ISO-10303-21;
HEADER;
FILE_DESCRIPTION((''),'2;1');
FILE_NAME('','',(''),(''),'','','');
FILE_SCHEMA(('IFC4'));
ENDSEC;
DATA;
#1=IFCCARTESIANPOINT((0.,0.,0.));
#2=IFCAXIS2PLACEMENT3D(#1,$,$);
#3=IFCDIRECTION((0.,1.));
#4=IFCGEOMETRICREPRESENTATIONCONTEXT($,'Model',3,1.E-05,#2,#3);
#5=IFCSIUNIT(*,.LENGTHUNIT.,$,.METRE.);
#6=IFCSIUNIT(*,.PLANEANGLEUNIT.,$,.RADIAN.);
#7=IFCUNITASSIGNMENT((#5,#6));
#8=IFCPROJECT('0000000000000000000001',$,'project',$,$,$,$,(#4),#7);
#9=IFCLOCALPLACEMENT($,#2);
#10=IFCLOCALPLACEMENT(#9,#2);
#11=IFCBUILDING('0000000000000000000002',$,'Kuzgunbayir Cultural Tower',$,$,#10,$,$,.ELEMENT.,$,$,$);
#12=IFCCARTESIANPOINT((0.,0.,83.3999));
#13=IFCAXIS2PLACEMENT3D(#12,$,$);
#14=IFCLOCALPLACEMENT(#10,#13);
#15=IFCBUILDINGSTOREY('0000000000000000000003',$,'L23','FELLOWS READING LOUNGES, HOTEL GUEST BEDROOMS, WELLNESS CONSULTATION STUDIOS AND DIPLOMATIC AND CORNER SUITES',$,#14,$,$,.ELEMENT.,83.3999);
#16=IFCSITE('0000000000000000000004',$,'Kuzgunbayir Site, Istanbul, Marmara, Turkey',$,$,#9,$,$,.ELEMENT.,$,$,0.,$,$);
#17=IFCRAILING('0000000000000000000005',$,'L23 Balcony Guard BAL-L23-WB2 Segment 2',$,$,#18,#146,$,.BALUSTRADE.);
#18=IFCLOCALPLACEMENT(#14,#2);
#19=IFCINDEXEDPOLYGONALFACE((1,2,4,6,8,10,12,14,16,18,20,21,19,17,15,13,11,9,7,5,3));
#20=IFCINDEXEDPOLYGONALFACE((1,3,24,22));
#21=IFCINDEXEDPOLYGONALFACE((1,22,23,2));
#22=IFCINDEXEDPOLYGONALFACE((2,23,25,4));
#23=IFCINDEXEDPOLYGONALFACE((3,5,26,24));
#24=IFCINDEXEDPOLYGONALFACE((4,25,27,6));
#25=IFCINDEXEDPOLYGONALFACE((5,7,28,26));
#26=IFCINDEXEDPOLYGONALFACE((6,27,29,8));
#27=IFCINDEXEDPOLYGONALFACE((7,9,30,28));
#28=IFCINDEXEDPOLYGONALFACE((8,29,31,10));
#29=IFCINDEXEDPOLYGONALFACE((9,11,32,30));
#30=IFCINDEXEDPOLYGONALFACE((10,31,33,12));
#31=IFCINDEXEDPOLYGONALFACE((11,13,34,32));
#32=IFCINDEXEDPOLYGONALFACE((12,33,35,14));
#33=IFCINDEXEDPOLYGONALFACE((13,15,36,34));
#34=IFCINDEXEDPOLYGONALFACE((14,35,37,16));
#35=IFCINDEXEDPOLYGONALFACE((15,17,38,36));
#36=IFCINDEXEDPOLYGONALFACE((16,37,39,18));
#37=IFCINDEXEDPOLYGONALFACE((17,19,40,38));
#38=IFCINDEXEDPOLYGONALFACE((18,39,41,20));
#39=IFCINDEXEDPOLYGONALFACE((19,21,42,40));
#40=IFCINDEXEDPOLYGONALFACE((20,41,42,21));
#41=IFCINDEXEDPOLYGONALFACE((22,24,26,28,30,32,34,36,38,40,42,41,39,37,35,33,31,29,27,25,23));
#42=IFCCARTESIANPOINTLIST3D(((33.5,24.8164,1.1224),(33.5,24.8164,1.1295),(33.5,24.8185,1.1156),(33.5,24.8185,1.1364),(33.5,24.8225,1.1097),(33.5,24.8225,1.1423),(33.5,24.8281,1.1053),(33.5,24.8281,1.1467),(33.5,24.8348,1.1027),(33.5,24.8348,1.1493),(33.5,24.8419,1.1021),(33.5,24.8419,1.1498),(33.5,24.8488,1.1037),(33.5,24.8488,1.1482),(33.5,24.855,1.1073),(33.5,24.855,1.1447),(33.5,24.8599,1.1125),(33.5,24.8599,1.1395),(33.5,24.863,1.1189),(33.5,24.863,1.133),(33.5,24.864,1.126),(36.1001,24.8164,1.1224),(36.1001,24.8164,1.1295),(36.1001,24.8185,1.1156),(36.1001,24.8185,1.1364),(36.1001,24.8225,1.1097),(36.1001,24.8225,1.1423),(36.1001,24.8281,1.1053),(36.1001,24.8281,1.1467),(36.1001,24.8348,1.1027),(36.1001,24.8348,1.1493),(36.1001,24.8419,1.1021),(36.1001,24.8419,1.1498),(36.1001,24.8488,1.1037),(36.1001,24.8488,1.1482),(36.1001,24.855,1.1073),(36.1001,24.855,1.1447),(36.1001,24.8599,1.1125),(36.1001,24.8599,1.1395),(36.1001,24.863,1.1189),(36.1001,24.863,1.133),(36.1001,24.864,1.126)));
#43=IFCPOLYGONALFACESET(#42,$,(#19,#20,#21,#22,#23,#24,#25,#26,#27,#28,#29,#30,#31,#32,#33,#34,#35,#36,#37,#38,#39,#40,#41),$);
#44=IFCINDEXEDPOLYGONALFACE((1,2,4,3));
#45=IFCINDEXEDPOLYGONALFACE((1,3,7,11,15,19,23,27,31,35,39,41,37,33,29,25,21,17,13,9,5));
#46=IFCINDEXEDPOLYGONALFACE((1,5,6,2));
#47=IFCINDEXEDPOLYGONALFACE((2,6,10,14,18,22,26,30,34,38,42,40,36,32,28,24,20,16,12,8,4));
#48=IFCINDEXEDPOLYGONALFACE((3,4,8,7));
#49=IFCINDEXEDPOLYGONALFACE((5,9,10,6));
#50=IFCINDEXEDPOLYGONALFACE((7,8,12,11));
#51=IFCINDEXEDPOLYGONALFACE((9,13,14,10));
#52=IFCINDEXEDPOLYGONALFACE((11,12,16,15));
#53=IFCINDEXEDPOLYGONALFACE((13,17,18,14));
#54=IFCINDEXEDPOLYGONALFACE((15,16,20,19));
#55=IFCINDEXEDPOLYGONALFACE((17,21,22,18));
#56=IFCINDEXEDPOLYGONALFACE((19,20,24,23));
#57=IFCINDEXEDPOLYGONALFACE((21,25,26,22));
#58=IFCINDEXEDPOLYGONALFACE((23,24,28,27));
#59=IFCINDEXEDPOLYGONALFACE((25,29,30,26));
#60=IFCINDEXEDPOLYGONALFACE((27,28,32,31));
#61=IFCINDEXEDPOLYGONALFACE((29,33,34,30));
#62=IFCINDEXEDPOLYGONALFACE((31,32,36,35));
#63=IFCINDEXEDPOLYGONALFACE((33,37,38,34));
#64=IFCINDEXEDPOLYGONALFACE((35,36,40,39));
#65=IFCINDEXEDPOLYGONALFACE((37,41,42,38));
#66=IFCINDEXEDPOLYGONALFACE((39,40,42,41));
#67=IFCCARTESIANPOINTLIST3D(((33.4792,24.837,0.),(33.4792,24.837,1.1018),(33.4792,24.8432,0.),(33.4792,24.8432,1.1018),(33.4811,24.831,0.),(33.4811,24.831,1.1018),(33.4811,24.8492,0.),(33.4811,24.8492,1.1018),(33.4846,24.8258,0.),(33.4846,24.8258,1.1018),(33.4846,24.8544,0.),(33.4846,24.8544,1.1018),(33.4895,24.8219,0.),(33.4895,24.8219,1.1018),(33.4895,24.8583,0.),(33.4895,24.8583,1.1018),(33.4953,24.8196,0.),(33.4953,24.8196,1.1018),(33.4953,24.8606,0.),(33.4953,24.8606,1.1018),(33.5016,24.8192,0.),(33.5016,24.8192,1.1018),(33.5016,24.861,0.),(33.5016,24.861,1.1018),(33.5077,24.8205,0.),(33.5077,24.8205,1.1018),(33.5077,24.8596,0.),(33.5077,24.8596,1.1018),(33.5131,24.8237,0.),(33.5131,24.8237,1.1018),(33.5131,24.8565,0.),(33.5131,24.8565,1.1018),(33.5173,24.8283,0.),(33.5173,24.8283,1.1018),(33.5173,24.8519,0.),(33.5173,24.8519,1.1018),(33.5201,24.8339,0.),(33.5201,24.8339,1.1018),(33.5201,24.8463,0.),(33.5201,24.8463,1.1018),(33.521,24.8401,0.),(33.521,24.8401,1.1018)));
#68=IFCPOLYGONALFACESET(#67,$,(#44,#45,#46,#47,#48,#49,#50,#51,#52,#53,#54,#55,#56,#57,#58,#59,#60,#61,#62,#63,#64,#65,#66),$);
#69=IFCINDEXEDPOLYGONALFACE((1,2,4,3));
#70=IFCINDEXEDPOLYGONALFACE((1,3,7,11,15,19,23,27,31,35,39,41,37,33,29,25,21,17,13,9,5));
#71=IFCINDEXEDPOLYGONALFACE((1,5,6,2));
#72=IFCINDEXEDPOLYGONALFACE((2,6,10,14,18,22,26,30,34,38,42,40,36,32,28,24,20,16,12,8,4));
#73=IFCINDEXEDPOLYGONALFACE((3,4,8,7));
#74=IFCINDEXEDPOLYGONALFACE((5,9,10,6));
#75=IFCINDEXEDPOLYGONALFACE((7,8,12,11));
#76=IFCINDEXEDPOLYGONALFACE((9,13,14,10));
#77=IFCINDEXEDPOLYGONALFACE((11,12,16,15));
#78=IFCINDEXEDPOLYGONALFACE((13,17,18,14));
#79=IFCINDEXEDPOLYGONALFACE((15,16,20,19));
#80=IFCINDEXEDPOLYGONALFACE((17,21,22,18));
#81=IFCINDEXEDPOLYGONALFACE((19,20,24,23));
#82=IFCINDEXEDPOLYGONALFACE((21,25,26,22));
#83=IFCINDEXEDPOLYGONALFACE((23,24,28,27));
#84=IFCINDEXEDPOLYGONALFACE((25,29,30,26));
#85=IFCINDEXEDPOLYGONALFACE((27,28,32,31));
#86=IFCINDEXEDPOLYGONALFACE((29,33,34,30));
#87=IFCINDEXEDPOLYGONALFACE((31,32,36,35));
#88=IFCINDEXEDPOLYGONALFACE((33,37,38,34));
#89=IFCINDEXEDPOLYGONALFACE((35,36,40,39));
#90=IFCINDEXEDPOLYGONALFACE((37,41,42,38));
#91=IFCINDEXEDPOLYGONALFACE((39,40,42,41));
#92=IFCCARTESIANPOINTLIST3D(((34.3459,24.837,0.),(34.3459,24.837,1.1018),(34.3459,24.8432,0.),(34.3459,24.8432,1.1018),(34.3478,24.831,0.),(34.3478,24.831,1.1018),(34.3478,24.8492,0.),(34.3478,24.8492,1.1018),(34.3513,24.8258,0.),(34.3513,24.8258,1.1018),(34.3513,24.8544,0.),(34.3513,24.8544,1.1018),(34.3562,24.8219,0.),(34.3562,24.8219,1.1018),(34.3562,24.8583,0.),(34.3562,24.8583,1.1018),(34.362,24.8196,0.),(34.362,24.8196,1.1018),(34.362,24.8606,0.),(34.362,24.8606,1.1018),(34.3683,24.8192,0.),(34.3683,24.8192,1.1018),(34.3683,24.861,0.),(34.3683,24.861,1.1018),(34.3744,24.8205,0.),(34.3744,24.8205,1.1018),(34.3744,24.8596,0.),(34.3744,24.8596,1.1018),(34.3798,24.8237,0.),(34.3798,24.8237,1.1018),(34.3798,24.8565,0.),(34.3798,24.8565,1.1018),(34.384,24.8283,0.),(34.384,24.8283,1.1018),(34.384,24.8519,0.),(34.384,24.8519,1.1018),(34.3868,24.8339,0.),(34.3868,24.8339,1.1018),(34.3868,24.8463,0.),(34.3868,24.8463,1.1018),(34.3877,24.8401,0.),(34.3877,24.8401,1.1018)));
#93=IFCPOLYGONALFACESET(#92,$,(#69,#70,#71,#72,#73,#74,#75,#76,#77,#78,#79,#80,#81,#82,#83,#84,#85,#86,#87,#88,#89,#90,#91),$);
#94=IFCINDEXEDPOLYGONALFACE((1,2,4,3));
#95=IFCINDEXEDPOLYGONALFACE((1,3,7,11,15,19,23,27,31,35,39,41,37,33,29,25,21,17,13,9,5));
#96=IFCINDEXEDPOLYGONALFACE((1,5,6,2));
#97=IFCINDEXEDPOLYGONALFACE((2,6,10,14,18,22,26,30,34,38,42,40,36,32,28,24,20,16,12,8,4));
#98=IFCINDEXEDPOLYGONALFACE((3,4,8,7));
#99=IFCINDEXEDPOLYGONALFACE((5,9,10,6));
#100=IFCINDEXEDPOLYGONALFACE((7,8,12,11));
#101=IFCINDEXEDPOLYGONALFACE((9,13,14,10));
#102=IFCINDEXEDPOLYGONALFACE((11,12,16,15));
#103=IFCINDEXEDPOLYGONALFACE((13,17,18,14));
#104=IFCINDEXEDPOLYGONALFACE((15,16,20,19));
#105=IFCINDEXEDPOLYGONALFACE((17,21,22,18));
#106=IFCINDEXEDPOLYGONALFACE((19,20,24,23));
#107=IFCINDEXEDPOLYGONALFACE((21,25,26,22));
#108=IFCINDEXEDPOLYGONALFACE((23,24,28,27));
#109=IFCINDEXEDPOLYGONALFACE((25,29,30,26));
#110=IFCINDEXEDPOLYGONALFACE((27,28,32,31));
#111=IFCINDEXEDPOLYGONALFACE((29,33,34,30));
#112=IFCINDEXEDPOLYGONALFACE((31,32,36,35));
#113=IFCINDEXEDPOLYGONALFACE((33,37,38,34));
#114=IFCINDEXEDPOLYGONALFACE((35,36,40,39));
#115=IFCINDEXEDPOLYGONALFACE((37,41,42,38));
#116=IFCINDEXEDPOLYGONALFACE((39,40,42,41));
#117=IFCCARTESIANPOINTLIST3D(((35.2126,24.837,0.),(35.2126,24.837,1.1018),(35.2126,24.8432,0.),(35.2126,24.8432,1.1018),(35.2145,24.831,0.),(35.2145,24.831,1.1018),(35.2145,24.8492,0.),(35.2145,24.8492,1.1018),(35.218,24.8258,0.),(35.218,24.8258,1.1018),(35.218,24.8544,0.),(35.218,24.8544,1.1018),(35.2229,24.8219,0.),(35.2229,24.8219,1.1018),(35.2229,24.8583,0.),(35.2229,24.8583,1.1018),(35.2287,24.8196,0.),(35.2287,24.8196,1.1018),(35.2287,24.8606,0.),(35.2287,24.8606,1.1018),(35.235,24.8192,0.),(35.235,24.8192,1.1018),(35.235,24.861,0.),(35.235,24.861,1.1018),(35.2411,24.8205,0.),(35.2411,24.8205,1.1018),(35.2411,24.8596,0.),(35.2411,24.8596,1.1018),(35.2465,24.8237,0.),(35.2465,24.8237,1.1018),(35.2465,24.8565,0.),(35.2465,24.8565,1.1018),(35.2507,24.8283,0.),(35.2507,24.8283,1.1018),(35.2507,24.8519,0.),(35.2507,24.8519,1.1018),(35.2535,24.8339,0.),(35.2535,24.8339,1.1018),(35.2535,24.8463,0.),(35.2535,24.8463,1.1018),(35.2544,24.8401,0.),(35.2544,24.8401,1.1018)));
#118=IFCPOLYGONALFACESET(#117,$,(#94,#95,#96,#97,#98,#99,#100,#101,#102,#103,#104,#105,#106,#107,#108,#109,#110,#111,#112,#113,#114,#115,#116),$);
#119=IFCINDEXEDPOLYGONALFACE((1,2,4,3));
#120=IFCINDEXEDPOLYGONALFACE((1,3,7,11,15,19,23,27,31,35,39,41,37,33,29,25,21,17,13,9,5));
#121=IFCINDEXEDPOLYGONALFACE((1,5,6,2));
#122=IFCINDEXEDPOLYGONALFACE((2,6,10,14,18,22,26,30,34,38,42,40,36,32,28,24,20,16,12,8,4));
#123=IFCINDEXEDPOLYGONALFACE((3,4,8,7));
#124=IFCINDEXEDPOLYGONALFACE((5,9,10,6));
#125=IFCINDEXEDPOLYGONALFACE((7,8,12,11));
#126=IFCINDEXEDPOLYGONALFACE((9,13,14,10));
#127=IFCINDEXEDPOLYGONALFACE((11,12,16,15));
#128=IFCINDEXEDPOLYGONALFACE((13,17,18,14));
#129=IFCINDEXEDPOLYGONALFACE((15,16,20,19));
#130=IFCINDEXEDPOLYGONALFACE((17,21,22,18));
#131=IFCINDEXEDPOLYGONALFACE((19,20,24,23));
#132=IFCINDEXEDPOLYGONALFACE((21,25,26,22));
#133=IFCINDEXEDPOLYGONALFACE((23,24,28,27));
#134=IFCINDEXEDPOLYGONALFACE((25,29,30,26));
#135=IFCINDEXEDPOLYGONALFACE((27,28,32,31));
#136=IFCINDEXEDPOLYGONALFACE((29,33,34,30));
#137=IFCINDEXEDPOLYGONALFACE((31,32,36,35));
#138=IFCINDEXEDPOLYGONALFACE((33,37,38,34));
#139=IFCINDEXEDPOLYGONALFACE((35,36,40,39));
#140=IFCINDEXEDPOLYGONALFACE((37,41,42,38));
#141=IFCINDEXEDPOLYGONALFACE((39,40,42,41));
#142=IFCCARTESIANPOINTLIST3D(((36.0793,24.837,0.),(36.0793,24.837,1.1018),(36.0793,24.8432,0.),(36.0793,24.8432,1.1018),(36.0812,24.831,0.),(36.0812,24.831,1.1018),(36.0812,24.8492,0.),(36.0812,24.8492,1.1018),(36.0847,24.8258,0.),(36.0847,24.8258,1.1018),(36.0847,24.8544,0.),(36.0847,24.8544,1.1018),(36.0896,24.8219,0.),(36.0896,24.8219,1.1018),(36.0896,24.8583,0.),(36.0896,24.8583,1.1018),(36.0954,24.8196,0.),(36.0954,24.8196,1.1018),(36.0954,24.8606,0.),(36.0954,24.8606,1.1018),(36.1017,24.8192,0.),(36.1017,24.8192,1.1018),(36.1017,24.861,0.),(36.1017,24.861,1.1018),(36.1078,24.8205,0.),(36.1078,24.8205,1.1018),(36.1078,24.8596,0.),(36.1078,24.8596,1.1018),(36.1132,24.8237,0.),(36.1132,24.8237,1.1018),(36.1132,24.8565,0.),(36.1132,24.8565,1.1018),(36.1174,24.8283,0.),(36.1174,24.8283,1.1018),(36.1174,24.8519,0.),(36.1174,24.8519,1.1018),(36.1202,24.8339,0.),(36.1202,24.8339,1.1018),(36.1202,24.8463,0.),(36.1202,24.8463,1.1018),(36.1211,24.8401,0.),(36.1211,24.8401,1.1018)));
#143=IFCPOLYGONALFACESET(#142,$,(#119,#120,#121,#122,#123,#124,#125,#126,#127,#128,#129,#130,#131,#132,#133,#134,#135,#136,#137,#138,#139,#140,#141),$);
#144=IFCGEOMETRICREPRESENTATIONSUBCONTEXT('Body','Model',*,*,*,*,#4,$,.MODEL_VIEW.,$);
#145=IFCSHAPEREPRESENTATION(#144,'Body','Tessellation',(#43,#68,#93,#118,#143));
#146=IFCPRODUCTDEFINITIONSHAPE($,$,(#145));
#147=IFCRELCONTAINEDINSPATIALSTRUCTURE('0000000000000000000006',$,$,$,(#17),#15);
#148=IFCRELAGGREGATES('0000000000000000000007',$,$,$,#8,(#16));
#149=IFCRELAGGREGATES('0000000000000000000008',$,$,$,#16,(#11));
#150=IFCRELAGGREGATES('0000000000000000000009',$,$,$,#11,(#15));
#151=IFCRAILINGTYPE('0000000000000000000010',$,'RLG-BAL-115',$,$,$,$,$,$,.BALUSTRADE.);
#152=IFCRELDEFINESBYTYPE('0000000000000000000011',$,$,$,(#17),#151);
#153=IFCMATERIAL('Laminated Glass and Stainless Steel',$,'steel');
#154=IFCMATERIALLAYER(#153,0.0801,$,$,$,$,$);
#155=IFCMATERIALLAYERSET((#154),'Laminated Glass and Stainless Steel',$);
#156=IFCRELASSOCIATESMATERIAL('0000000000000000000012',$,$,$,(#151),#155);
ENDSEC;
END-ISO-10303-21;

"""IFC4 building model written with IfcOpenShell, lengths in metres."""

from ifc_helpers import new_model, si_unit, direction, frame, origin, origin_2d, place, context, subcontext, project, spatial, circle, extrude, material, layer, layer_set, type_object, element, save


model = new_model("IFC4")

# Units and contexts
model_context = context("Model", 3, precision=1e-05, world=origin(), true_north=direction((0.0, 1.0)))
body_context = subcontext(model_context, "Body", "Model", "MODEL_VIEW")
ifc_project = project(units=[si_unit("LENGTHUNIT", "METRE"), si_unit("PLANEANGLEUNIT", "RADIAN")], contexts=[model_context])

# Site, building, storey
site_placement = place(None, origin())
site = spatial("IfcSite", under=ifc_project, at=site_placement, Name="Kuzgunbayir Site, Istanbul, Marmara, Turkey", CompositionType="ELEMENT", RefElevation=0.0)
building_placement = place(site_placement, origin())
building = spatial("IfcBuilding", under=site, at=building_placement, Name="Kuzgunbayir Cultural Tower", CompositionType="ELEMENT")
storey_placement = place(building_placement, frame((0.0, 0.0, 83.3999)))
storey = spatial("IfcBuildingStorey", under=building, at=storey_placement, Name="L23", Description="FELLOWS READING LOUNGES, HOTEL GUEST BEDROOMS, WELLNESS CONSULTATION STUDIOS AND DIPLOMATIC AND CORNER SUITES", CompositionType="ELEMENT", Elevation=83.3999)

# Railing
ifc_material_1 = material(Name="Laminated Glass and Stainless Steel", Category="steel")
ifc_layer_1 = layer(ifc_material_1, 0.0801)
ifc_layer_set_1 = layer_set([ifc_layer_1], Name="Laminated Glass and Stainless Steel")
railing_type = type_object("IfcRailingType", Name="RLG-BAL-115", PredefinedType="BALUSTRADE", material=ifc_layer_set_1)
railing_1_placement = place(storey_placement, frame((33.5, 24.8401, 0.0)))
element("IfcRailing", 1, at=railing_1_placement, inside=storey, type_object=railing_type, Name="L23 Balcony Guard BAL-L23-WB2 Segment 2", PredefinedType="BALUSTRADE", context=body_context, shape_type="SweptSolid", body=[
    extrude(circle(Radius=0.0239, at=origin_2d()), frame((0.0, 0.0, 1.126), z_axis=(1.0, 0.0, 0.0), x_axis=(0.0, 1.0, 0.0)), (0.0, 0.0, 1.0), 2.6001),
    extrude(circle(Radius=0.021, at=origin_2d()), origin(), (0.0, 0.0, 1.0), 1.1018),
    extrude(circle(Radius=0.021, at=origin_2d()), frame((0.8667, 0.0, 0.0)), (0.0, 0.0, 1.0), 1.1018),
    extrude(circle(Radius=0.021, at=origin_2d()), frame((1.7334, 0.0, 0.0)), (0.0, 0.0, 1.0), 1.1018),
    extrude(circle(Radius=0.021, at=origin_2d()), frame((2.6001, 0.0, 0.0)), (0.0, 0.0, 1.0), 1.1018),
])

save(model, "model.ifc")
